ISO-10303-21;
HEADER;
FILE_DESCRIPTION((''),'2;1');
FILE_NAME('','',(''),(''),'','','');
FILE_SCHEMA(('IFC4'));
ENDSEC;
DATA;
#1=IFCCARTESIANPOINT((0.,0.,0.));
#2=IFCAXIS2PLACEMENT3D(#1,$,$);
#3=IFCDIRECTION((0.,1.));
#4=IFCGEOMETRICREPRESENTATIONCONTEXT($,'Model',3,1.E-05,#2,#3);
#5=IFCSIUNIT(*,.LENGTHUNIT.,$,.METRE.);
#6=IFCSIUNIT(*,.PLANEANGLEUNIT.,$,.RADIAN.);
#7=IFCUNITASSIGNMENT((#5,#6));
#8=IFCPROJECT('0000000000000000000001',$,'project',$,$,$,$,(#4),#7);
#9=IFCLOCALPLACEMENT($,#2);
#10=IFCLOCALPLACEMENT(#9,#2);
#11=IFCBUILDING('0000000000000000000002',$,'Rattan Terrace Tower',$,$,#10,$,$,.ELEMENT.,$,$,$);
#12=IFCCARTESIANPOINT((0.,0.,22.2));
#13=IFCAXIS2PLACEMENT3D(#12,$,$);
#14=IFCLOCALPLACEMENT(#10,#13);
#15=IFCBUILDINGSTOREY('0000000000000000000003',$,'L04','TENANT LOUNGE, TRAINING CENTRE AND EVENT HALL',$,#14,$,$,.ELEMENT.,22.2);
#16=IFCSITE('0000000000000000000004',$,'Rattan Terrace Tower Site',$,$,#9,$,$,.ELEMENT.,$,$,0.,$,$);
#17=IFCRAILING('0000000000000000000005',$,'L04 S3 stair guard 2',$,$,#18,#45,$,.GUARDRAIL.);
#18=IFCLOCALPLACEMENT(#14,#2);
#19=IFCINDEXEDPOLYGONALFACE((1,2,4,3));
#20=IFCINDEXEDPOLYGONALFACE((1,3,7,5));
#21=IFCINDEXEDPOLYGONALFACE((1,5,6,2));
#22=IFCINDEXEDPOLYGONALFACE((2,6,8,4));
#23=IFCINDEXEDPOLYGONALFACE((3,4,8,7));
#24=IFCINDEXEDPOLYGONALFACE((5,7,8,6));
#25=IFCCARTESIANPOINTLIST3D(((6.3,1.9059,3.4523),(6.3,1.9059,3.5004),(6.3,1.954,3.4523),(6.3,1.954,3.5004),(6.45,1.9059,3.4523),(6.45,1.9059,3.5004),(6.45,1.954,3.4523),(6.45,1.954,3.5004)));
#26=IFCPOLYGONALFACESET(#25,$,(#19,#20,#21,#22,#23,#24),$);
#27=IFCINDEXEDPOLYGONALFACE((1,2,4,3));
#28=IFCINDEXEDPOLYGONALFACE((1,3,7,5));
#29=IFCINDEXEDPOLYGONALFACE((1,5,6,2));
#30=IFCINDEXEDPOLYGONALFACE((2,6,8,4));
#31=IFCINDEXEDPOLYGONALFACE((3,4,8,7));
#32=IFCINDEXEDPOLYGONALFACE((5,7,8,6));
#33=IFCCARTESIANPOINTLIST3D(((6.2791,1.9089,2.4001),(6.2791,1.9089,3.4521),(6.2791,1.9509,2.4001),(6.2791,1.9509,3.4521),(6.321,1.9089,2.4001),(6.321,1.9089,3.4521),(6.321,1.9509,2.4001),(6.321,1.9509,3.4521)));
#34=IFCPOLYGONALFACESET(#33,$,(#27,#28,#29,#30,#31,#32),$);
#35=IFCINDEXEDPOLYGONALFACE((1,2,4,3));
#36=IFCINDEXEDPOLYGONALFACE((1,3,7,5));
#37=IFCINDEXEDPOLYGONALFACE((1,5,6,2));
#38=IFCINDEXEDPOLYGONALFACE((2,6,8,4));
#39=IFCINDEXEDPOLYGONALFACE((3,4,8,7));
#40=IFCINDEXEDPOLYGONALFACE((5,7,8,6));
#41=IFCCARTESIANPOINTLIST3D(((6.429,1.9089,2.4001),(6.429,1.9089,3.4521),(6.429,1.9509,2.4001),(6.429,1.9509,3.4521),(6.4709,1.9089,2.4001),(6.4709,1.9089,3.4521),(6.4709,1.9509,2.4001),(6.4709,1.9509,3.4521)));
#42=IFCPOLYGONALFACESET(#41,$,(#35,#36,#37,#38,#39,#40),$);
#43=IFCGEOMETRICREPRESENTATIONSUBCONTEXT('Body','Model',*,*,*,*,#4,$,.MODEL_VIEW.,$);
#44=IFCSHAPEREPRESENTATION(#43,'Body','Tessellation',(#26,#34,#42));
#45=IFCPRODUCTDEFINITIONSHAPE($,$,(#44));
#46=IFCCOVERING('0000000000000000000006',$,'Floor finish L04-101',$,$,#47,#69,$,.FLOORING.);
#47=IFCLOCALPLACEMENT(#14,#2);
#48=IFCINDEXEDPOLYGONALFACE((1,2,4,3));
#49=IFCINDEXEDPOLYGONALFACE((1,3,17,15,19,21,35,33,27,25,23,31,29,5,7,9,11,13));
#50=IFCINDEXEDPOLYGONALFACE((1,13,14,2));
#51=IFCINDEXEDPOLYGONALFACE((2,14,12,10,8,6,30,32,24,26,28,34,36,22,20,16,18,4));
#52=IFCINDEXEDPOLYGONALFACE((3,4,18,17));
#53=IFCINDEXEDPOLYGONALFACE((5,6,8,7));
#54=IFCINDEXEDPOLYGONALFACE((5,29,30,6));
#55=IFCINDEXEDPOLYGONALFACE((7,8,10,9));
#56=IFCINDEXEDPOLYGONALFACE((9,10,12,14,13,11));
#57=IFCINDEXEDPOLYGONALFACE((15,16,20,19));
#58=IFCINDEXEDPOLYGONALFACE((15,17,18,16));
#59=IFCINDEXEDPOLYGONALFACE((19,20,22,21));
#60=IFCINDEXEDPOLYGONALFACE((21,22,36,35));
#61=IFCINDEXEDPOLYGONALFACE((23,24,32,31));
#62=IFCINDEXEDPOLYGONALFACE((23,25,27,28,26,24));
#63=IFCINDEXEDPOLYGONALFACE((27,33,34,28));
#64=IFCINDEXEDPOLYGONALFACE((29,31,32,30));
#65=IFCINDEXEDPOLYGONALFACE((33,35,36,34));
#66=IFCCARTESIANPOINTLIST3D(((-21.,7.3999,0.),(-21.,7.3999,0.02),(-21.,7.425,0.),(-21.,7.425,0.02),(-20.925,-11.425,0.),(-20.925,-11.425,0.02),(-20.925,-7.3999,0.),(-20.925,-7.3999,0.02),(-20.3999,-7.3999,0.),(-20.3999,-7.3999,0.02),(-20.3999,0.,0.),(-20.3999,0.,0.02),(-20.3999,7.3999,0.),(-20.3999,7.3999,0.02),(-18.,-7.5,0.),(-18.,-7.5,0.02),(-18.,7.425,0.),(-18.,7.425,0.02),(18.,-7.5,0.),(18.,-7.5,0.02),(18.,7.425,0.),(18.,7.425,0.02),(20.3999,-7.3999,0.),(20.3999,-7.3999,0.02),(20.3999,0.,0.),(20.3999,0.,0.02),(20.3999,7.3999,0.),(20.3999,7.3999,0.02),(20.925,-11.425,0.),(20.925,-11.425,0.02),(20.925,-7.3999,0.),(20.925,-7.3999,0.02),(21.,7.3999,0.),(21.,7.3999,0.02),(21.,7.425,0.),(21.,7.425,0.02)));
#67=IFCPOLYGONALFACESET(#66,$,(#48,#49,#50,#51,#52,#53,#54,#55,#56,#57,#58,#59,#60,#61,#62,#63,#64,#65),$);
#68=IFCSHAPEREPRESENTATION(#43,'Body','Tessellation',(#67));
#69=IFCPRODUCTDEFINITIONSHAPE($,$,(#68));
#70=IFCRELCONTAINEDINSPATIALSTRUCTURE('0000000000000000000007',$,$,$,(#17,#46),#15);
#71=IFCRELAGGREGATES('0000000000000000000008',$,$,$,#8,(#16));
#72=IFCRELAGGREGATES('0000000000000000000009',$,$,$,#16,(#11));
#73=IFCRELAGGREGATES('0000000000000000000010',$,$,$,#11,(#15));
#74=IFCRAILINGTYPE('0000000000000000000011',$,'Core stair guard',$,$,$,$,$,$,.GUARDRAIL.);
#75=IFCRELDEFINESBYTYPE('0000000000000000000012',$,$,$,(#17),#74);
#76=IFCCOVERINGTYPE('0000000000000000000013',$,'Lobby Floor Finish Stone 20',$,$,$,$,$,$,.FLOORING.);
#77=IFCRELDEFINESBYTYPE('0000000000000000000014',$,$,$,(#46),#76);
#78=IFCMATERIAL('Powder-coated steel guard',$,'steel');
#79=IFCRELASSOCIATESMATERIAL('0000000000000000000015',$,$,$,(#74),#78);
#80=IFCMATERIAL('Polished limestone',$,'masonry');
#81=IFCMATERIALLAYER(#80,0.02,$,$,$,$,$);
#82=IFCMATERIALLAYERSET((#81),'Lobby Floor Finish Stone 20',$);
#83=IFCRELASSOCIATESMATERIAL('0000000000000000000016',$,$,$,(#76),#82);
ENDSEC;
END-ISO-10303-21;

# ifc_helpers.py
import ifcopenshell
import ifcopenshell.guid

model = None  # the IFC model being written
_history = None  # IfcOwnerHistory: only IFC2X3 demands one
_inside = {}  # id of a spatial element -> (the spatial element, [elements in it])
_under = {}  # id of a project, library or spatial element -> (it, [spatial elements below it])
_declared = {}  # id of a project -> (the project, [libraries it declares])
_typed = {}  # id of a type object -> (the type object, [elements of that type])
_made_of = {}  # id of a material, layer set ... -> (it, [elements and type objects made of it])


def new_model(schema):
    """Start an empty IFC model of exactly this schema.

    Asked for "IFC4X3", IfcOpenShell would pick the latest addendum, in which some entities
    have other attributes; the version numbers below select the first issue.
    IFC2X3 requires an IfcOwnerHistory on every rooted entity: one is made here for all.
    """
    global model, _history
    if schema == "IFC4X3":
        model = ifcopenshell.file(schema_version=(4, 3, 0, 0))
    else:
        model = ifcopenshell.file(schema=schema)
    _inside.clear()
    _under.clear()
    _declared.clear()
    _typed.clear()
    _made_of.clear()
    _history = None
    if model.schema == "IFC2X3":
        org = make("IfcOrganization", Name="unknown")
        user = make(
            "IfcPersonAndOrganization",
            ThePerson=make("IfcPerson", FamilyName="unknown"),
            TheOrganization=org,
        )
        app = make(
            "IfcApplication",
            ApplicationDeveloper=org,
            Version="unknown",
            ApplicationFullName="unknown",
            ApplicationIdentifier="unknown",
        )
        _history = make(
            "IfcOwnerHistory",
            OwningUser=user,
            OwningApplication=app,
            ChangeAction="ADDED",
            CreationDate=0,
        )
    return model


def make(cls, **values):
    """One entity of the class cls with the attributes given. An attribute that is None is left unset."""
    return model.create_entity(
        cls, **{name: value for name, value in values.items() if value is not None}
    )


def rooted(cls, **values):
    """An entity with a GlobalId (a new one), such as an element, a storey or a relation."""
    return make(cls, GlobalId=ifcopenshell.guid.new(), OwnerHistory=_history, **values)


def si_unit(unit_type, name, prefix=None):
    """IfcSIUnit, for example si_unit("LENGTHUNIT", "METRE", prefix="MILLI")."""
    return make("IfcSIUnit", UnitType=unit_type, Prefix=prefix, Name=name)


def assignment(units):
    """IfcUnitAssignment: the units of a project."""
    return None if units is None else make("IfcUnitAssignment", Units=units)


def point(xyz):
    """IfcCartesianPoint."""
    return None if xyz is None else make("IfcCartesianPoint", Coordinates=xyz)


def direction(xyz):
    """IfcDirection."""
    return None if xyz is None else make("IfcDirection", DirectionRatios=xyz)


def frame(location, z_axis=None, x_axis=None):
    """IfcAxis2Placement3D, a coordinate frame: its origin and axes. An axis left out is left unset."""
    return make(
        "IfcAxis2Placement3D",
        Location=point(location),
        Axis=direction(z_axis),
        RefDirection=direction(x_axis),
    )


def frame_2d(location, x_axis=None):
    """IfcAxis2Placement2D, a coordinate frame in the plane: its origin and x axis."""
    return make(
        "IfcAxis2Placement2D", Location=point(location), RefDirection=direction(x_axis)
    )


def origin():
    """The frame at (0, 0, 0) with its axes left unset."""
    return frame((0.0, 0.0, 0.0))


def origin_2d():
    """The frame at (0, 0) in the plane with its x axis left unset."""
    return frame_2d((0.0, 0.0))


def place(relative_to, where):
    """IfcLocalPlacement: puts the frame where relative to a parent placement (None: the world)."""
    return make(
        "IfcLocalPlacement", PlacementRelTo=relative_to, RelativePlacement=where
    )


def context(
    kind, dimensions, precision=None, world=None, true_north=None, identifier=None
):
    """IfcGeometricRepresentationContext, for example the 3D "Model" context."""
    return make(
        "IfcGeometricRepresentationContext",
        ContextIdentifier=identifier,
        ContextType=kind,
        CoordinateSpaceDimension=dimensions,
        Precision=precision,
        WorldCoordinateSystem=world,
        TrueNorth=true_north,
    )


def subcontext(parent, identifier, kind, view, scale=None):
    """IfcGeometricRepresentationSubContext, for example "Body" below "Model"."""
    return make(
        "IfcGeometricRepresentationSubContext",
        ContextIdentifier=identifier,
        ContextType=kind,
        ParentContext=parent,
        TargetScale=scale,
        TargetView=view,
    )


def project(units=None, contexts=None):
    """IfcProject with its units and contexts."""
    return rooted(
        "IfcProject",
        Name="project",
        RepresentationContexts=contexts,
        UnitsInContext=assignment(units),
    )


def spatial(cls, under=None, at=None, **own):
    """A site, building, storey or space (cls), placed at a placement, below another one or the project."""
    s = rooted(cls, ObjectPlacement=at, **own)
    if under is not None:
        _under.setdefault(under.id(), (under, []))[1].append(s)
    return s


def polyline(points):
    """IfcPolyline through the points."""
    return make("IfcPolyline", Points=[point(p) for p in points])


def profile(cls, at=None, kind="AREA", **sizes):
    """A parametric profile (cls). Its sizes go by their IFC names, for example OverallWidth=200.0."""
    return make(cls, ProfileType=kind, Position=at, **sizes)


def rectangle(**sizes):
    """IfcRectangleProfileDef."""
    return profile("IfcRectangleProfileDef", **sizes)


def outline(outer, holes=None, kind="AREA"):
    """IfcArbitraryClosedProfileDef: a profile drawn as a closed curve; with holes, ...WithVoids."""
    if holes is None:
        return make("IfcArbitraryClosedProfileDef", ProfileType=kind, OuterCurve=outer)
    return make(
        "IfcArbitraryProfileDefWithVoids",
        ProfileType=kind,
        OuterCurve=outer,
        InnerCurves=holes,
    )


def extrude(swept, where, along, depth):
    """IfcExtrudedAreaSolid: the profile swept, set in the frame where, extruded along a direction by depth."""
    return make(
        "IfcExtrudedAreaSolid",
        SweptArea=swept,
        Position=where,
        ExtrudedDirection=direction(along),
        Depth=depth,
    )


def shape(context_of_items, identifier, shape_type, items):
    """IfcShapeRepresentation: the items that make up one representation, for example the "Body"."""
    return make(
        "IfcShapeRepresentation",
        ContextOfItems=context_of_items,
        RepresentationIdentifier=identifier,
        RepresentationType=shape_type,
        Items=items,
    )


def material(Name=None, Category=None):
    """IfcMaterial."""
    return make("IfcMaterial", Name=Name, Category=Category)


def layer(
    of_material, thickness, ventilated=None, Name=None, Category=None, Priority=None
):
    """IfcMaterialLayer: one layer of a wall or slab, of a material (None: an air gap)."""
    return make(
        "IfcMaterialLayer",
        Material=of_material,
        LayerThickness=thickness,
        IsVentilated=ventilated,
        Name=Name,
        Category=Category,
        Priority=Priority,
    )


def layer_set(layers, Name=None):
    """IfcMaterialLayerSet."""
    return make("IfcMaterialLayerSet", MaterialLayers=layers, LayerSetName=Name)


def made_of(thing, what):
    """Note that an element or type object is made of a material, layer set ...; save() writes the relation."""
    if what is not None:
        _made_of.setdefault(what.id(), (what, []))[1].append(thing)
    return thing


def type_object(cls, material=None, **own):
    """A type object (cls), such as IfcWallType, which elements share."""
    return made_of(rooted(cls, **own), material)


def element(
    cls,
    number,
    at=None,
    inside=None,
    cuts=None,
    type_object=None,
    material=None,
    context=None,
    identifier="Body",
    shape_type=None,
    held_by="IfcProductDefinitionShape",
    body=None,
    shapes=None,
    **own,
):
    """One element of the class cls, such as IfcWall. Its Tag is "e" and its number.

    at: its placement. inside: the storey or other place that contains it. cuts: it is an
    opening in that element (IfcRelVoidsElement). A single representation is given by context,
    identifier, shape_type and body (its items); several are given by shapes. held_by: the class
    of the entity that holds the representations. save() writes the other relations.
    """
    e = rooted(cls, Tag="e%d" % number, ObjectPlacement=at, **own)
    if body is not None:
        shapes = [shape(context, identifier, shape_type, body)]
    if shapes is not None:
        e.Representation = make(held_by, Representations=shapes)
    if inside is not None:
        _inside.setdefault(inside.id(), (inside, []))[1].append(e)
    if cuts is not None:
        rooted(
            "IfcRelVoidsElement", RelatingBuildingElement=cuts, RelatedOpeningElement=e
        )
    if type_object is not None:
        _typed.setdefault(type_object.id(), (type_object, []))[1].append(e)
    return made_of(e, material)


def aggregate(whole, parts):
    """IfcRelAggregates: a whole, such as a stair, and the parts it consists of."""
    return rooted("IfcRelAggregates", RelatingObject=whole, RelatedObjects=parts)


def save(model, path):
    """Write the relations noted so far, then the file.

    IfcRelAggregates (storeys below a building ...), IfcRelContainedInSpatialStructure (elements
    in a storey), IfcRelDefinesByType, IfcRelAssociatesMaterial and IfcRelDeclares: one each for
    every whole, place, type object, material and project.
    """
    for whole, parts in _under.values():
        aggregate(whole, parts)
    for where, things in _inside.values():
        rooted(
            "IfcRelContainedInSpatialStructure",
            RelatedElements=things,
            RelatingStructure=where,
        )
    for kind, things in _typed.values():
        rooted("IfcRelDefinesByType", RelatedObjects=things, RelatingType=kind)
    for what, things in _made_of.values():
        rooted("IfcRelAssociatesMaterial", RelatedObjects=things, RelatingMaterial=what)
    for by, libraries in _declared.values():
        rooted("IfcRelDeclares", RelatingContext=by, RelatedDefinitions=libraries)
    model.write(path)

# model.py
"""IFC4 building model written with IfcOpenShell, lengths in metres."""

from ifc_helpers import new_model, si_unit, direction, frame, origin, origin_2d, place, context, subcontext, project, spatial, polyline, rectangle, outline, extrude, material, layer, layer_set, type_object, element, save


model = new_model("IFC4")

# Units and contexts
model_context = context("Model", 3, precision=1e-05, world=origin(), true_north=direction((0.0, 1.0)))
body_context = subcontext(model_context, "Body", "Model", "MODEL_VIEW")
ifc_project = project(units=[si_unit("LENGTHUNIT", "METRE"), si_unit("PLANEANGLEUNIT", "RADIAN")], contexts=[model_context])

# Site, building, storey
site_placement = place(None, origin())
site = spatial("IfcSite", under=ifc_project, at=site_placement, Name="Rattan Terrace Tower Site", CompositionType="ELEMENT", RefElevation=0.0)
building_placement = place(site_placement, origin())
building = spatial("IfcBuilding", under=site, at=building_placement, Name="Rattan Terrace Tower", CompositionType="ELEMENT")
storey_placement = place(building_placement, frame((0.0, 0.0, 22.2)))
storey = spatial("IfcBuildingStorey", under=building, at=storey_placement, Name="L04", Description="TENANT LOUNGE, TRAINING CENTRE AND EVENT HALL", CompositionType="ELEMENT", Elevation=22.2)

# Railing
ifc_material_1 = material(Name="Powder-coated steel guard", Category="steel")
railing_type = type_object("IfcRailingType", Name="Core stair guard", PredefinedType="GUARDRAIL", material=ifc_material_1)
railing_1_placement = place(storey_placement, frame((6.3, 1.9299, 2.4001)))
element("IfcRailing", 1, at=railing_1_placement, inside=storey, type_object=railing_type, Name="L04 S3 stair guard 2", PredefinedType="GUARDRAIL", context=body_context, shape_type="SweptSolid", body=[
    extrude(rectangle(XDim=0.0481, YDim=0.0481, at=origin_2d()), frame((0.0, 0.0, 1.0762), z_axis=(1.0, 0.0, 0.0), x_axis=(0.0, 1.0, 0.0)), (0.0, 0.0, 1.0), 0.1499),
    extrude(rectangle(XDim=0.042, YDim=0.042, at=origin_2d()), origin(), (0.0, 0.0, 1.0), 1.052),
    extrude(rectangle(XDim=0.042, YDim=0.042, at=origin_2d()), frame((0.1499, 0.0, 0.0)), (0.0, 0.0, 1.0), 1.052),
])

# Covering
ifc_material_2 = material(Name="Polished limestone", Category="masonry")
ifc_layer_1 = layer(ifc_material_2, 0.02)
ifc_layer_set_1 = layer_set([ifc_layer_1], Name="Lobby Floor Finish Stone 20")
covering_type_1 = type_object("IfcCoveringType", Name="Lobby Floor Finish Stone 20", PredefinedType="FLOORING", material=ifc_layer_set_1)
covering_1_placement = place(storey_placement, origin())
element("IfcCovering", 2, at=covering_1_placement, inside=storey, type_object=covering_type_1, Name="Floor finish L04-101", PredefinedType="FLOORING", context=body_context, shape_type="SweptSolid", body=[
    extrude(outline(polyline([(-20.3999, 7.3999), (-20.3999, 0.0), (-20.3999, -7.3999), (-20.925, -7.3999), (-20.925, -11.425), (20.925, -11.425), (20.925, -7.3999), (20.3999, -7.3999), (20.3999, 0.0), (20.3999, 7.3999), (21.0, 7.3999), (21.0, 7.425), (18.0, 7.425), (18.0, -7.5), (-18.0, -7.5), (-18.0, 7.425), (-21.0, 7.425), (-21.0, 7.3999), (-20.3999, 7.3999)])), origin(), (0.0, 0.0, 1.0), 0.02),
])

save(model, "model.ifc")
